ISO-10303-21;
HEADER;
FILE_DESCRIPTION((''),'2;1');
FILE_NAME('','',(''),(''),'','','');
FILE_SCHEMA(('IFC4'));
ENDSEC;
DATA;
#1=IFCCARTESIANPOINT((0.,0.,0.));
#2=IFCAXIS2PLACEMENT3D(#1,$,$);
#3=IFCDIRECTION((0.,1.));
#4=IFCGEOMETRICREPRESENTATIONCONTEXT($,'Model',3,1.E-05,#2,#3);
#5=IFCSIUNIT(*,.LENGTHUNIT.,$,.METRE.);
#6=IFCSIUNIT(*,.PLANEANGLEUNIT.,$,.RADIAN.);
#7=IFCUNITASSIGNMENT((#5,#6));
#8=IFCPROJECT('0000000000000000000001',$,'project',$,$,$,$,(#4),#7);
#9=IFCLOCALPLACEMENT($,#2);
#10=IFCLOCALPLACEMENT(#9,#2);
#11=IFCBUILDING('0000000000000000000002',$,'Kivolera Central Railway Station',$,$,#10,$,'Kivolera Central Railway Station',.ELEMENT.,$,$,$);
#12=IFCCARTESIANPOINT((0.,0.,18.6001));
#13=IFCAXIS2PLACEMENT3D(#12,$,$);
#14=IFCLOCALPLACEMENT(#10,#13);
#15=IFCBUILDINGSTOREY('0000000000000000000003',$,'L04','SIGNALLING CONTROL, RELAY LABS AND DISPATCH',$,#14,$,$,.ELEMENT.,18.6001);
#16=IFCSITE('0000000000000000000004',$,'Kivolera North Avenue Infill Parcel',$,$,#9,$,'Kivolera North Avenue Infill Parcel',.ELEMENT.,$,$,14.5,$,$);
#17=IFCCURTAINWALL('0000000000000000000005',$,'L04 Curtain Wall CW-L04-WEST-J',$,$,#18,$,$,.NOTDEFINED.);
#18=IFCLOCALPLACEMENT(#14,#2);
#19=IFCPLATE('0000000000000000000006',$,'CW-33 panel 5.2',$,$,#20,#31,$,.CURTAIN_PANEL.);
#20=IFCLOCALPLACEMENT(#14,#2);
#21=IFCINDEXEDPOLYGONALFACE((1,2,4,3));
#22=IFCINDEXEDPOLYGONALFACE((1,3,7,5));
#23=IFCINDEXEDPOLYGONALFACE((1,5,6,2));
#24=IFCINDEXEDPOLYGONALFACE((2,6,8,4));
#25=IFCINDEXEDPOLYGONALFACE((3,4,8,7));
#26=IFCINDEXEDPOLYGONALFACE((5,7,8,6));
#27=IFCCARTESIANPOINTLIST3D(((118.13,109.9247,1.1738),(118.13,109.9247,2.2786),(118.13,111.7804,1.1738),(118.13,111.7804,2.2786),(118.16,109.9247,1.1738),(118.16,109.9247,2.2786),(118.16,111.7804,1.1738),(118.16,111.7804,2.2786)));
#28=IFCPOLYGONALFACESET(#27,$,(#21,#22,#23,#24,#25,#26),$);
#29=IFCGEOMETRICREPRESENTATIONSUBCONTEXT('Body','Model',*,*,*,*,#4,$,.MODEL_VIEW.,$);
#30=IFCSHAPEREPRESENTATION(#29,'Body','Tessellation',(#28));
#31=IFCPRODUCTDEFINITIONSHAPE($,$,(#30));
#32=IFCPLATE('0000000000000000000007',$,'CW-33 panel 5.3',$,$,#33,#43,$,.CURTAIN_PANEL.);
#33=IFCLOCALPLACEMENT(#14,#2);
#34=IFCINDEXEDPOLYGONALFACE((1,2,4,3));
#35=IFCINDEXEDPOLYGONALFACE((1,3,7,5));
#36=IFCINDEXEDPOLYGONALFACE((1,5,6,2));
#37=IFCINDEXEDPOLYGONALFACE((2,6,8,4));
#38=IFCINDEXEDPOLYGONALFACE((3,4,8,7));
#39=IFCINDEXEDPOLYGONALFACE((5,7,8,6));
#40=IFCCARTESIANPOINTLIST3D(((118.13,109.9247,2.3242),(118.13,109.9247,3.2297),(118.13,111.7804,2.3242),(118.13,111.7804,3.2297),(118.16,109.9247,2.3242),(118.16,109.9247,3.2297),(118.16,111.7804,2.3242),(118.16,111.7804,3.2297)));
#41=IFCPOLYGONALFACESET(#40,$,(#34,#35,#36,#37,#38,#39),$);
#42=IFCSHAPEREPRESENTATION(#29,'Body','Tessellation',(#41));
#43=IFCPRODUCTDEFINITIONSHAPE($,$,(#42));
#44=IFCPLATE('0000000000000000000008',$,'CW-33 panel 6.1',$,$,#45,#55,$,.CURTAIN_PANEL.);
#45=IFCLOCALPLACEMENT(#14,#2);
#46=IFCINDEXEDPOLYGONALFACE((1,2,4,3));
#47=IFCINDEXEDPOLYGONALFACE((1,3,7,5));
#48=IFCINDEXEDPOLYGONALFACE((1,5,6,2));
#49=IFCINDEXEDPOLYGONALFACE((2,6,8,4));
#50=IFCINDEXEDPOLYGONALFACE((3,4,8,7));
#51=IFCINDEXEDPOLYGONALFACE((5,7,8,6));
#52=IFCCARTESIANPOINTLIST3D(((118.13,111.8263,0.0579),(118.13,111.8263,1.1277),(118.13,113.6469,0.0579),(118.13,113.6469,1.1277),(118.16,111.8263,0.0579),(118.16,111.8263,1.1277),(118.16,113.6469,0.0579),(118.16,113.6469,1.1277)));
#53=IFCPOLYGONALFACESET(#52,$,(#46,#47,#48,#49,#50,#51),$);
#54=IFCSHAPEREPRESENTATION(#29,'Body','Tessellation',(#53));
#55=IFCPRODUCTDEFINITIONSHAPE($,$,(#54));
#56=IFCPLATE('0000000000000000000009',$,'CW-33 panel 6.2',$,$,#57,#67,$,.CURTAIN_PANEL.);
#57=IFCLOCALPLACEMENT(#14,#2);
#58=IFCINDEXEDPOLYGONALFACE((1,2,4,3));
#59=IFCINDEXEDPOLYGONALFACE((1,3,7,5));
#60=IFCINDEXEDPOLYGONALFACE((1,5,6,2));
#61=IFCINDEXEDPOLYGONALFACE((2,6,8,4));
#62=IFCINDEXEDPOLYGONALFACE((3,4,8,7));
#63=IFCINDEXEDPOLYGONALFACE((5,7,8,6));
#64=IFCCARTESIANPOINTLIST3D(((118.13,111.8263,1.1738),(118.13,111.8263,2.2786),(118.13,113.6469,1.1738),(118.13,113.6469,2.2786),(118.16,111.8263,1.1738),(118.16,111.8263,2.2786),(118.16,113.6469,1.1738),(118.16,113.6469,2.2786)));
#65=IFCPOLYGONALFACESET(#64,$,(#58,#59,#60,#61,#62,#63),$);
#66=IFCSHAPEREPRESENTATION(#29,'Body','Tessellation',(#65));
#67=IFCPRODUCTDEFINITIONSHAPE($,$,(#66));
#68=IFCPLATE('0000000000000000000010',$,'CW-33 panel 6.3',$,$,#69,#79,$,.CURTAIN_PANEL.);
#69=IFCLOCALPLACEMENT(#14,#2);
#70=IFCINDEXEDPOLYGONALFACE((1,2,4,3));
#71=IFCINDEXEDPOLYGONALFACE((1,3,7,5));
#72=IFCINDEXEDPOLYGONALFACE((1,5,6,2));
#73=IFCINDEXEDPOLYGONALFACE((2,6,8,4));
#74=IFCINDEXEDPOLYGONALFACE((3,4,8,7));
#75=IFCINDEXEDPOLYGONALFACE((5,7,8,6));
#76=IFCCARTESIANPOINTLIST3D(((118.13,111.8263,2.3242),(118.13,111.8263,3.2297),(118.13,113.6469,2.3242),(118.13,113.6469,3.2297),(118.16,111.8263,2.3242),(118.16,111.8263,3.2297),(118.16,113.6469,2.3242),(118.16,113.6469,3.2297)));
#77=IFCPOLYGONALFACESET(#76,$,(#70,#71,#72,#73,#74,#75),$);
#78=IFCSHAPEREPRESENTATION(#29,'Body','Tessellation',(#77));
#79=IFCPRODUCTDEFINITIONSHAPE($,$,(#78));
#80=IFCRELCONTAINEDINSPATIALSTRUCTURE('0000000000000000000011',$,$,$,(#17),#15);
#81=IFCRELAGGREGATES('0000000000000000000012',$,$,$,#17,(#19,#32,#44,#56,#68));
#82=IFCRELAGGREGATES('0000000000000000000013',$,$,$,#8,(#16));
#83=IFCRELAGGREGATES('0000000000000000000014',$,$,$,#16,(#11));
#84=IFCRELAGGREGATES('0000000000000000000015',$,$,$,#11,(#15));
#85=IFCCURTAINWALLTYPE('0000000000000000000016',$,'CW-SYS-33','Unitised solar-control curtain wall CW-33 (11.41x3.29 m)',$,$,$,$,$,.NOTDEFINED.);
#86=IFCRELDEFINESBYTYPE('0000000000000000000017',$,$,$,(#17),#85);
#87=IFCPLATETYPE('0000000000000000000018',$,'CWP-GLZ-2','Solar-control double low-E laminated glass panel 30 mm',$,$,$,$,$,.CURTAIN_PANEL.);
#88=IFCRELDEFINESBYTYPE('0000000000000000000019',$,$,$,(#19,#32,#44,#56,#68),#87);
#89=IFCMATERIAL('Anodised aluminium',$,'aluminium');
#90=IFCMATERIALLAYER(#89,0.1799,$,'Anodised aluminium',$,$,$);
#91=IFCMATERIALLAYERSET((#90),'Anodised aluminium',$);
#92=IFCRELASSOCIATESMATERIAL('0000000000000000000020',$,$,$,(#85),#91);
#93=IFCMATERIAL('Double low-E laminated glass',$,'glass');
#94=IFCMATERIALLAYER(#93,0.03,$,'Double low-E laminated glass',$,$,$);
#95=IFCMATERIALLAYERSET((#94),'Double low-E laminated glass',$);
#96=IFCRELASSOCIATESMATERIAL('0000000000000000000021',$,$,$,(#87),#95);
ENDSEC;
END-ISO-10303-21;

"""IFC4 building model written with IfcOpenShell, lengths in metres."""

from ifc_helpers import new_model, si_unit, direction, frame, origin, origin_2d, place, context, subcontext, project, spatial, rectangle, extrude, material, layer, layer_set, type_object, element, aggregate, save


model = new_model("IFC4")

# Units and contexts
model_context = context("Model", 3, precision=1e-05, world=origin(), true_north=direction((0.0, 1.0)))
body_context = subcontext(model_context, "Body", "Model", "MODEL_VIEW")
ifc_project = project(units=[si_unit("LENGTHUNIT", "METRE"), si_unit("PLANEANGLEUNIT", "RADIAN")], contexts=[model_context])

# Site, building, storey
site_placement = place(None, origin())
site = spatial("IfcSite", under=ifc_project, at=site_placement, Name="Kivolera North Avenue Infill Parcel", LongName="Kivolera North Avenue Infill Parcel", CompositionType="ELEMENT", RefElevation=14.5)
building_placement = place(site_placement, origin())
building = spatial("IfcBuilding", under=site, at=building_placement, Name="Kivolera Central Railway Station", LongName="Kivolera Central Railway Station", CompositionType="ELEMENT")
storey_placement = place(building_placement, frame((0.0, 0.0, 18.6001)))
storey = spatial("IfcBuildingStorey", under=building, at=storey_placement, Name="L04", Description="SIGNALLING CONTROL, RELAY LABS AND DISPATCH", CompositionType="ELEMENT", Elevation=18.6001)

# Curtain wall
ifc_material_1 = material(Name="Anodised aluminium", Category="aluminium")
ifc_layer_1 = layer(ifc_material_1, 0.1799, Name="Anodised aluminium")
ifc_layer_set_1 = layer_set([ifc_layer_1], Name="Anodised aluminium")
curtain_wall_type = type_object("IfcCurtainWallType", Name="CW-SYS-33", Description="Unitised solar-control curtain wall CW-33 (11.41x3.29 m)", PredefinedType="NOTDEFINED", material=ifc_layer_set_1)
curtain_wall_1_placement = place(storey_placement, origin())
curtain_wall_1 = element("IfcCurtainWall", 1, at=curtain_wall_1_placement, inside=storey, type_object=curtain_wall_type, Name="L04 Curtain Wall CW-L04-WEST-J", PredefinedType="NOTDEFINED")

# Plates
ifc_material_2 = material(Name="Double low-E laminated glass", Category="glass")
ifc_layer_2 = layer(ifc_material_2, 0.03, Name="Double low-E laminated glass")
ifc_layer_set_2 = layer_set([ifc_layer_2], Name="Double low-E laminated glass")
plate_type = type_object("IfcPlateType", Name="CWP-GLZ-2", Description="Solar-control double low-E laminated glass panel 30 mm", PredefinedType="CURTAIN_PANEL", material=ifc_layer_set_2)
plate_1_placement = place(storey_placement, frame((118.145, 110.8525, 1.1738), z_axis=(0.0, 0.0, 1.0), x_axis=(0.0, 1.0, 0.0)))
plate_1 = element("IfcPlate", 2, at=plate_1_placement, type_object=plate_type, Name="CW-33 panel 5.2", PredefinedType="CURTAIN_PANEL", context=body_context, shape_type="SweptSolid", body=[
    extrude(rectangle(XDim=1.8557, YDim=0.03, at=origin_2d()), origin(), (0.0, 0.0, 1.0), 1.1047),
])
plate_2_placement = place(storey_placement, frame((118.145, 110.8525, 2.3242), z_axis=(0.0, 0.0, 1.0), x_axis=(0.0, 1.0, 0.0)))
plate_2 = element("IfcPlate", 3, at=plate_2_placement, type_object=plate_type, Name="CW-33 panel 5.3", PredefinedType="CURTAIN_PANEL", context=body_context, shape_type="SweptSolid", body=[
    extrude(rectangle(XDim=1.8557, YDim=0.03, at=origin_2d()), origin(), (0.0, 0.0, 1.0), 0.9055),
])
plate_3_placement = place(storey_placement, frame((118.145, 112.7366, 0.0579), z_axis=(0.0, 0.0, 1.0), x_axis=(0.0, 1.0, 0.0)))
plate_3 = element("IfcPlate", 4, at=plate_3_placement, type_object=plate_type, Name="CW-33 panel 6.1", PredefinedType="CURTAIN_PANEL", context=body_context, shape_type="SweptSolid", body=[
    extrude(rectangle(XDim=1.8206, YDim=0.03, at=origin_2d()), origin(), (0.0, 0.0, 1.0), 1.0698),
])
plate_4_placement = place(storey_placement, frame((118.145, 112.7366, 1.1738), z_axis=(0.0, 0.0, 1.0), x_axis=(0.0, 1.0, 0.0)))
plate_4 = element("IfcPlate", 5, at=plate_4_placement, type_object=plate_type, Name="CW-33 panel 6.2", PredefinedType="CURTAIN_PANEL", context=body_context, shape_type="SweptSolid", body=[
    extrude(rectangle(XDim=1.8206, YDim=0.03, at=origin_2d()), origin(), (0.0, 0.0, 1.0), 1.1047),
])
plate_5_placement = place(storey_placement, frame((118.145, 112.7366, 2.3242), z_axis=(0.0, 0.0, 1.0), x_axis=(0.0, 1.0, 0.0)))
plate_5 = element("IfcPlate", 6, at=plate_5_placement, type_object=plate_type, Name="CW-33 panel 6.3", PredefinedType="CURTAIN_PANEL", context=body_context, shape_type="SweptSolid", body=[
    extrude(rectangle(XDim=1.8206, YDim=0.03, at=origin_2d()), origin(), (0.0, 0.0, 1.0), 0.9055),
])
aggregate(curtain_wall_1, [plate_1, plate_2, plate_3, plate_4, plate_5])

save(model, "model.ifc")
